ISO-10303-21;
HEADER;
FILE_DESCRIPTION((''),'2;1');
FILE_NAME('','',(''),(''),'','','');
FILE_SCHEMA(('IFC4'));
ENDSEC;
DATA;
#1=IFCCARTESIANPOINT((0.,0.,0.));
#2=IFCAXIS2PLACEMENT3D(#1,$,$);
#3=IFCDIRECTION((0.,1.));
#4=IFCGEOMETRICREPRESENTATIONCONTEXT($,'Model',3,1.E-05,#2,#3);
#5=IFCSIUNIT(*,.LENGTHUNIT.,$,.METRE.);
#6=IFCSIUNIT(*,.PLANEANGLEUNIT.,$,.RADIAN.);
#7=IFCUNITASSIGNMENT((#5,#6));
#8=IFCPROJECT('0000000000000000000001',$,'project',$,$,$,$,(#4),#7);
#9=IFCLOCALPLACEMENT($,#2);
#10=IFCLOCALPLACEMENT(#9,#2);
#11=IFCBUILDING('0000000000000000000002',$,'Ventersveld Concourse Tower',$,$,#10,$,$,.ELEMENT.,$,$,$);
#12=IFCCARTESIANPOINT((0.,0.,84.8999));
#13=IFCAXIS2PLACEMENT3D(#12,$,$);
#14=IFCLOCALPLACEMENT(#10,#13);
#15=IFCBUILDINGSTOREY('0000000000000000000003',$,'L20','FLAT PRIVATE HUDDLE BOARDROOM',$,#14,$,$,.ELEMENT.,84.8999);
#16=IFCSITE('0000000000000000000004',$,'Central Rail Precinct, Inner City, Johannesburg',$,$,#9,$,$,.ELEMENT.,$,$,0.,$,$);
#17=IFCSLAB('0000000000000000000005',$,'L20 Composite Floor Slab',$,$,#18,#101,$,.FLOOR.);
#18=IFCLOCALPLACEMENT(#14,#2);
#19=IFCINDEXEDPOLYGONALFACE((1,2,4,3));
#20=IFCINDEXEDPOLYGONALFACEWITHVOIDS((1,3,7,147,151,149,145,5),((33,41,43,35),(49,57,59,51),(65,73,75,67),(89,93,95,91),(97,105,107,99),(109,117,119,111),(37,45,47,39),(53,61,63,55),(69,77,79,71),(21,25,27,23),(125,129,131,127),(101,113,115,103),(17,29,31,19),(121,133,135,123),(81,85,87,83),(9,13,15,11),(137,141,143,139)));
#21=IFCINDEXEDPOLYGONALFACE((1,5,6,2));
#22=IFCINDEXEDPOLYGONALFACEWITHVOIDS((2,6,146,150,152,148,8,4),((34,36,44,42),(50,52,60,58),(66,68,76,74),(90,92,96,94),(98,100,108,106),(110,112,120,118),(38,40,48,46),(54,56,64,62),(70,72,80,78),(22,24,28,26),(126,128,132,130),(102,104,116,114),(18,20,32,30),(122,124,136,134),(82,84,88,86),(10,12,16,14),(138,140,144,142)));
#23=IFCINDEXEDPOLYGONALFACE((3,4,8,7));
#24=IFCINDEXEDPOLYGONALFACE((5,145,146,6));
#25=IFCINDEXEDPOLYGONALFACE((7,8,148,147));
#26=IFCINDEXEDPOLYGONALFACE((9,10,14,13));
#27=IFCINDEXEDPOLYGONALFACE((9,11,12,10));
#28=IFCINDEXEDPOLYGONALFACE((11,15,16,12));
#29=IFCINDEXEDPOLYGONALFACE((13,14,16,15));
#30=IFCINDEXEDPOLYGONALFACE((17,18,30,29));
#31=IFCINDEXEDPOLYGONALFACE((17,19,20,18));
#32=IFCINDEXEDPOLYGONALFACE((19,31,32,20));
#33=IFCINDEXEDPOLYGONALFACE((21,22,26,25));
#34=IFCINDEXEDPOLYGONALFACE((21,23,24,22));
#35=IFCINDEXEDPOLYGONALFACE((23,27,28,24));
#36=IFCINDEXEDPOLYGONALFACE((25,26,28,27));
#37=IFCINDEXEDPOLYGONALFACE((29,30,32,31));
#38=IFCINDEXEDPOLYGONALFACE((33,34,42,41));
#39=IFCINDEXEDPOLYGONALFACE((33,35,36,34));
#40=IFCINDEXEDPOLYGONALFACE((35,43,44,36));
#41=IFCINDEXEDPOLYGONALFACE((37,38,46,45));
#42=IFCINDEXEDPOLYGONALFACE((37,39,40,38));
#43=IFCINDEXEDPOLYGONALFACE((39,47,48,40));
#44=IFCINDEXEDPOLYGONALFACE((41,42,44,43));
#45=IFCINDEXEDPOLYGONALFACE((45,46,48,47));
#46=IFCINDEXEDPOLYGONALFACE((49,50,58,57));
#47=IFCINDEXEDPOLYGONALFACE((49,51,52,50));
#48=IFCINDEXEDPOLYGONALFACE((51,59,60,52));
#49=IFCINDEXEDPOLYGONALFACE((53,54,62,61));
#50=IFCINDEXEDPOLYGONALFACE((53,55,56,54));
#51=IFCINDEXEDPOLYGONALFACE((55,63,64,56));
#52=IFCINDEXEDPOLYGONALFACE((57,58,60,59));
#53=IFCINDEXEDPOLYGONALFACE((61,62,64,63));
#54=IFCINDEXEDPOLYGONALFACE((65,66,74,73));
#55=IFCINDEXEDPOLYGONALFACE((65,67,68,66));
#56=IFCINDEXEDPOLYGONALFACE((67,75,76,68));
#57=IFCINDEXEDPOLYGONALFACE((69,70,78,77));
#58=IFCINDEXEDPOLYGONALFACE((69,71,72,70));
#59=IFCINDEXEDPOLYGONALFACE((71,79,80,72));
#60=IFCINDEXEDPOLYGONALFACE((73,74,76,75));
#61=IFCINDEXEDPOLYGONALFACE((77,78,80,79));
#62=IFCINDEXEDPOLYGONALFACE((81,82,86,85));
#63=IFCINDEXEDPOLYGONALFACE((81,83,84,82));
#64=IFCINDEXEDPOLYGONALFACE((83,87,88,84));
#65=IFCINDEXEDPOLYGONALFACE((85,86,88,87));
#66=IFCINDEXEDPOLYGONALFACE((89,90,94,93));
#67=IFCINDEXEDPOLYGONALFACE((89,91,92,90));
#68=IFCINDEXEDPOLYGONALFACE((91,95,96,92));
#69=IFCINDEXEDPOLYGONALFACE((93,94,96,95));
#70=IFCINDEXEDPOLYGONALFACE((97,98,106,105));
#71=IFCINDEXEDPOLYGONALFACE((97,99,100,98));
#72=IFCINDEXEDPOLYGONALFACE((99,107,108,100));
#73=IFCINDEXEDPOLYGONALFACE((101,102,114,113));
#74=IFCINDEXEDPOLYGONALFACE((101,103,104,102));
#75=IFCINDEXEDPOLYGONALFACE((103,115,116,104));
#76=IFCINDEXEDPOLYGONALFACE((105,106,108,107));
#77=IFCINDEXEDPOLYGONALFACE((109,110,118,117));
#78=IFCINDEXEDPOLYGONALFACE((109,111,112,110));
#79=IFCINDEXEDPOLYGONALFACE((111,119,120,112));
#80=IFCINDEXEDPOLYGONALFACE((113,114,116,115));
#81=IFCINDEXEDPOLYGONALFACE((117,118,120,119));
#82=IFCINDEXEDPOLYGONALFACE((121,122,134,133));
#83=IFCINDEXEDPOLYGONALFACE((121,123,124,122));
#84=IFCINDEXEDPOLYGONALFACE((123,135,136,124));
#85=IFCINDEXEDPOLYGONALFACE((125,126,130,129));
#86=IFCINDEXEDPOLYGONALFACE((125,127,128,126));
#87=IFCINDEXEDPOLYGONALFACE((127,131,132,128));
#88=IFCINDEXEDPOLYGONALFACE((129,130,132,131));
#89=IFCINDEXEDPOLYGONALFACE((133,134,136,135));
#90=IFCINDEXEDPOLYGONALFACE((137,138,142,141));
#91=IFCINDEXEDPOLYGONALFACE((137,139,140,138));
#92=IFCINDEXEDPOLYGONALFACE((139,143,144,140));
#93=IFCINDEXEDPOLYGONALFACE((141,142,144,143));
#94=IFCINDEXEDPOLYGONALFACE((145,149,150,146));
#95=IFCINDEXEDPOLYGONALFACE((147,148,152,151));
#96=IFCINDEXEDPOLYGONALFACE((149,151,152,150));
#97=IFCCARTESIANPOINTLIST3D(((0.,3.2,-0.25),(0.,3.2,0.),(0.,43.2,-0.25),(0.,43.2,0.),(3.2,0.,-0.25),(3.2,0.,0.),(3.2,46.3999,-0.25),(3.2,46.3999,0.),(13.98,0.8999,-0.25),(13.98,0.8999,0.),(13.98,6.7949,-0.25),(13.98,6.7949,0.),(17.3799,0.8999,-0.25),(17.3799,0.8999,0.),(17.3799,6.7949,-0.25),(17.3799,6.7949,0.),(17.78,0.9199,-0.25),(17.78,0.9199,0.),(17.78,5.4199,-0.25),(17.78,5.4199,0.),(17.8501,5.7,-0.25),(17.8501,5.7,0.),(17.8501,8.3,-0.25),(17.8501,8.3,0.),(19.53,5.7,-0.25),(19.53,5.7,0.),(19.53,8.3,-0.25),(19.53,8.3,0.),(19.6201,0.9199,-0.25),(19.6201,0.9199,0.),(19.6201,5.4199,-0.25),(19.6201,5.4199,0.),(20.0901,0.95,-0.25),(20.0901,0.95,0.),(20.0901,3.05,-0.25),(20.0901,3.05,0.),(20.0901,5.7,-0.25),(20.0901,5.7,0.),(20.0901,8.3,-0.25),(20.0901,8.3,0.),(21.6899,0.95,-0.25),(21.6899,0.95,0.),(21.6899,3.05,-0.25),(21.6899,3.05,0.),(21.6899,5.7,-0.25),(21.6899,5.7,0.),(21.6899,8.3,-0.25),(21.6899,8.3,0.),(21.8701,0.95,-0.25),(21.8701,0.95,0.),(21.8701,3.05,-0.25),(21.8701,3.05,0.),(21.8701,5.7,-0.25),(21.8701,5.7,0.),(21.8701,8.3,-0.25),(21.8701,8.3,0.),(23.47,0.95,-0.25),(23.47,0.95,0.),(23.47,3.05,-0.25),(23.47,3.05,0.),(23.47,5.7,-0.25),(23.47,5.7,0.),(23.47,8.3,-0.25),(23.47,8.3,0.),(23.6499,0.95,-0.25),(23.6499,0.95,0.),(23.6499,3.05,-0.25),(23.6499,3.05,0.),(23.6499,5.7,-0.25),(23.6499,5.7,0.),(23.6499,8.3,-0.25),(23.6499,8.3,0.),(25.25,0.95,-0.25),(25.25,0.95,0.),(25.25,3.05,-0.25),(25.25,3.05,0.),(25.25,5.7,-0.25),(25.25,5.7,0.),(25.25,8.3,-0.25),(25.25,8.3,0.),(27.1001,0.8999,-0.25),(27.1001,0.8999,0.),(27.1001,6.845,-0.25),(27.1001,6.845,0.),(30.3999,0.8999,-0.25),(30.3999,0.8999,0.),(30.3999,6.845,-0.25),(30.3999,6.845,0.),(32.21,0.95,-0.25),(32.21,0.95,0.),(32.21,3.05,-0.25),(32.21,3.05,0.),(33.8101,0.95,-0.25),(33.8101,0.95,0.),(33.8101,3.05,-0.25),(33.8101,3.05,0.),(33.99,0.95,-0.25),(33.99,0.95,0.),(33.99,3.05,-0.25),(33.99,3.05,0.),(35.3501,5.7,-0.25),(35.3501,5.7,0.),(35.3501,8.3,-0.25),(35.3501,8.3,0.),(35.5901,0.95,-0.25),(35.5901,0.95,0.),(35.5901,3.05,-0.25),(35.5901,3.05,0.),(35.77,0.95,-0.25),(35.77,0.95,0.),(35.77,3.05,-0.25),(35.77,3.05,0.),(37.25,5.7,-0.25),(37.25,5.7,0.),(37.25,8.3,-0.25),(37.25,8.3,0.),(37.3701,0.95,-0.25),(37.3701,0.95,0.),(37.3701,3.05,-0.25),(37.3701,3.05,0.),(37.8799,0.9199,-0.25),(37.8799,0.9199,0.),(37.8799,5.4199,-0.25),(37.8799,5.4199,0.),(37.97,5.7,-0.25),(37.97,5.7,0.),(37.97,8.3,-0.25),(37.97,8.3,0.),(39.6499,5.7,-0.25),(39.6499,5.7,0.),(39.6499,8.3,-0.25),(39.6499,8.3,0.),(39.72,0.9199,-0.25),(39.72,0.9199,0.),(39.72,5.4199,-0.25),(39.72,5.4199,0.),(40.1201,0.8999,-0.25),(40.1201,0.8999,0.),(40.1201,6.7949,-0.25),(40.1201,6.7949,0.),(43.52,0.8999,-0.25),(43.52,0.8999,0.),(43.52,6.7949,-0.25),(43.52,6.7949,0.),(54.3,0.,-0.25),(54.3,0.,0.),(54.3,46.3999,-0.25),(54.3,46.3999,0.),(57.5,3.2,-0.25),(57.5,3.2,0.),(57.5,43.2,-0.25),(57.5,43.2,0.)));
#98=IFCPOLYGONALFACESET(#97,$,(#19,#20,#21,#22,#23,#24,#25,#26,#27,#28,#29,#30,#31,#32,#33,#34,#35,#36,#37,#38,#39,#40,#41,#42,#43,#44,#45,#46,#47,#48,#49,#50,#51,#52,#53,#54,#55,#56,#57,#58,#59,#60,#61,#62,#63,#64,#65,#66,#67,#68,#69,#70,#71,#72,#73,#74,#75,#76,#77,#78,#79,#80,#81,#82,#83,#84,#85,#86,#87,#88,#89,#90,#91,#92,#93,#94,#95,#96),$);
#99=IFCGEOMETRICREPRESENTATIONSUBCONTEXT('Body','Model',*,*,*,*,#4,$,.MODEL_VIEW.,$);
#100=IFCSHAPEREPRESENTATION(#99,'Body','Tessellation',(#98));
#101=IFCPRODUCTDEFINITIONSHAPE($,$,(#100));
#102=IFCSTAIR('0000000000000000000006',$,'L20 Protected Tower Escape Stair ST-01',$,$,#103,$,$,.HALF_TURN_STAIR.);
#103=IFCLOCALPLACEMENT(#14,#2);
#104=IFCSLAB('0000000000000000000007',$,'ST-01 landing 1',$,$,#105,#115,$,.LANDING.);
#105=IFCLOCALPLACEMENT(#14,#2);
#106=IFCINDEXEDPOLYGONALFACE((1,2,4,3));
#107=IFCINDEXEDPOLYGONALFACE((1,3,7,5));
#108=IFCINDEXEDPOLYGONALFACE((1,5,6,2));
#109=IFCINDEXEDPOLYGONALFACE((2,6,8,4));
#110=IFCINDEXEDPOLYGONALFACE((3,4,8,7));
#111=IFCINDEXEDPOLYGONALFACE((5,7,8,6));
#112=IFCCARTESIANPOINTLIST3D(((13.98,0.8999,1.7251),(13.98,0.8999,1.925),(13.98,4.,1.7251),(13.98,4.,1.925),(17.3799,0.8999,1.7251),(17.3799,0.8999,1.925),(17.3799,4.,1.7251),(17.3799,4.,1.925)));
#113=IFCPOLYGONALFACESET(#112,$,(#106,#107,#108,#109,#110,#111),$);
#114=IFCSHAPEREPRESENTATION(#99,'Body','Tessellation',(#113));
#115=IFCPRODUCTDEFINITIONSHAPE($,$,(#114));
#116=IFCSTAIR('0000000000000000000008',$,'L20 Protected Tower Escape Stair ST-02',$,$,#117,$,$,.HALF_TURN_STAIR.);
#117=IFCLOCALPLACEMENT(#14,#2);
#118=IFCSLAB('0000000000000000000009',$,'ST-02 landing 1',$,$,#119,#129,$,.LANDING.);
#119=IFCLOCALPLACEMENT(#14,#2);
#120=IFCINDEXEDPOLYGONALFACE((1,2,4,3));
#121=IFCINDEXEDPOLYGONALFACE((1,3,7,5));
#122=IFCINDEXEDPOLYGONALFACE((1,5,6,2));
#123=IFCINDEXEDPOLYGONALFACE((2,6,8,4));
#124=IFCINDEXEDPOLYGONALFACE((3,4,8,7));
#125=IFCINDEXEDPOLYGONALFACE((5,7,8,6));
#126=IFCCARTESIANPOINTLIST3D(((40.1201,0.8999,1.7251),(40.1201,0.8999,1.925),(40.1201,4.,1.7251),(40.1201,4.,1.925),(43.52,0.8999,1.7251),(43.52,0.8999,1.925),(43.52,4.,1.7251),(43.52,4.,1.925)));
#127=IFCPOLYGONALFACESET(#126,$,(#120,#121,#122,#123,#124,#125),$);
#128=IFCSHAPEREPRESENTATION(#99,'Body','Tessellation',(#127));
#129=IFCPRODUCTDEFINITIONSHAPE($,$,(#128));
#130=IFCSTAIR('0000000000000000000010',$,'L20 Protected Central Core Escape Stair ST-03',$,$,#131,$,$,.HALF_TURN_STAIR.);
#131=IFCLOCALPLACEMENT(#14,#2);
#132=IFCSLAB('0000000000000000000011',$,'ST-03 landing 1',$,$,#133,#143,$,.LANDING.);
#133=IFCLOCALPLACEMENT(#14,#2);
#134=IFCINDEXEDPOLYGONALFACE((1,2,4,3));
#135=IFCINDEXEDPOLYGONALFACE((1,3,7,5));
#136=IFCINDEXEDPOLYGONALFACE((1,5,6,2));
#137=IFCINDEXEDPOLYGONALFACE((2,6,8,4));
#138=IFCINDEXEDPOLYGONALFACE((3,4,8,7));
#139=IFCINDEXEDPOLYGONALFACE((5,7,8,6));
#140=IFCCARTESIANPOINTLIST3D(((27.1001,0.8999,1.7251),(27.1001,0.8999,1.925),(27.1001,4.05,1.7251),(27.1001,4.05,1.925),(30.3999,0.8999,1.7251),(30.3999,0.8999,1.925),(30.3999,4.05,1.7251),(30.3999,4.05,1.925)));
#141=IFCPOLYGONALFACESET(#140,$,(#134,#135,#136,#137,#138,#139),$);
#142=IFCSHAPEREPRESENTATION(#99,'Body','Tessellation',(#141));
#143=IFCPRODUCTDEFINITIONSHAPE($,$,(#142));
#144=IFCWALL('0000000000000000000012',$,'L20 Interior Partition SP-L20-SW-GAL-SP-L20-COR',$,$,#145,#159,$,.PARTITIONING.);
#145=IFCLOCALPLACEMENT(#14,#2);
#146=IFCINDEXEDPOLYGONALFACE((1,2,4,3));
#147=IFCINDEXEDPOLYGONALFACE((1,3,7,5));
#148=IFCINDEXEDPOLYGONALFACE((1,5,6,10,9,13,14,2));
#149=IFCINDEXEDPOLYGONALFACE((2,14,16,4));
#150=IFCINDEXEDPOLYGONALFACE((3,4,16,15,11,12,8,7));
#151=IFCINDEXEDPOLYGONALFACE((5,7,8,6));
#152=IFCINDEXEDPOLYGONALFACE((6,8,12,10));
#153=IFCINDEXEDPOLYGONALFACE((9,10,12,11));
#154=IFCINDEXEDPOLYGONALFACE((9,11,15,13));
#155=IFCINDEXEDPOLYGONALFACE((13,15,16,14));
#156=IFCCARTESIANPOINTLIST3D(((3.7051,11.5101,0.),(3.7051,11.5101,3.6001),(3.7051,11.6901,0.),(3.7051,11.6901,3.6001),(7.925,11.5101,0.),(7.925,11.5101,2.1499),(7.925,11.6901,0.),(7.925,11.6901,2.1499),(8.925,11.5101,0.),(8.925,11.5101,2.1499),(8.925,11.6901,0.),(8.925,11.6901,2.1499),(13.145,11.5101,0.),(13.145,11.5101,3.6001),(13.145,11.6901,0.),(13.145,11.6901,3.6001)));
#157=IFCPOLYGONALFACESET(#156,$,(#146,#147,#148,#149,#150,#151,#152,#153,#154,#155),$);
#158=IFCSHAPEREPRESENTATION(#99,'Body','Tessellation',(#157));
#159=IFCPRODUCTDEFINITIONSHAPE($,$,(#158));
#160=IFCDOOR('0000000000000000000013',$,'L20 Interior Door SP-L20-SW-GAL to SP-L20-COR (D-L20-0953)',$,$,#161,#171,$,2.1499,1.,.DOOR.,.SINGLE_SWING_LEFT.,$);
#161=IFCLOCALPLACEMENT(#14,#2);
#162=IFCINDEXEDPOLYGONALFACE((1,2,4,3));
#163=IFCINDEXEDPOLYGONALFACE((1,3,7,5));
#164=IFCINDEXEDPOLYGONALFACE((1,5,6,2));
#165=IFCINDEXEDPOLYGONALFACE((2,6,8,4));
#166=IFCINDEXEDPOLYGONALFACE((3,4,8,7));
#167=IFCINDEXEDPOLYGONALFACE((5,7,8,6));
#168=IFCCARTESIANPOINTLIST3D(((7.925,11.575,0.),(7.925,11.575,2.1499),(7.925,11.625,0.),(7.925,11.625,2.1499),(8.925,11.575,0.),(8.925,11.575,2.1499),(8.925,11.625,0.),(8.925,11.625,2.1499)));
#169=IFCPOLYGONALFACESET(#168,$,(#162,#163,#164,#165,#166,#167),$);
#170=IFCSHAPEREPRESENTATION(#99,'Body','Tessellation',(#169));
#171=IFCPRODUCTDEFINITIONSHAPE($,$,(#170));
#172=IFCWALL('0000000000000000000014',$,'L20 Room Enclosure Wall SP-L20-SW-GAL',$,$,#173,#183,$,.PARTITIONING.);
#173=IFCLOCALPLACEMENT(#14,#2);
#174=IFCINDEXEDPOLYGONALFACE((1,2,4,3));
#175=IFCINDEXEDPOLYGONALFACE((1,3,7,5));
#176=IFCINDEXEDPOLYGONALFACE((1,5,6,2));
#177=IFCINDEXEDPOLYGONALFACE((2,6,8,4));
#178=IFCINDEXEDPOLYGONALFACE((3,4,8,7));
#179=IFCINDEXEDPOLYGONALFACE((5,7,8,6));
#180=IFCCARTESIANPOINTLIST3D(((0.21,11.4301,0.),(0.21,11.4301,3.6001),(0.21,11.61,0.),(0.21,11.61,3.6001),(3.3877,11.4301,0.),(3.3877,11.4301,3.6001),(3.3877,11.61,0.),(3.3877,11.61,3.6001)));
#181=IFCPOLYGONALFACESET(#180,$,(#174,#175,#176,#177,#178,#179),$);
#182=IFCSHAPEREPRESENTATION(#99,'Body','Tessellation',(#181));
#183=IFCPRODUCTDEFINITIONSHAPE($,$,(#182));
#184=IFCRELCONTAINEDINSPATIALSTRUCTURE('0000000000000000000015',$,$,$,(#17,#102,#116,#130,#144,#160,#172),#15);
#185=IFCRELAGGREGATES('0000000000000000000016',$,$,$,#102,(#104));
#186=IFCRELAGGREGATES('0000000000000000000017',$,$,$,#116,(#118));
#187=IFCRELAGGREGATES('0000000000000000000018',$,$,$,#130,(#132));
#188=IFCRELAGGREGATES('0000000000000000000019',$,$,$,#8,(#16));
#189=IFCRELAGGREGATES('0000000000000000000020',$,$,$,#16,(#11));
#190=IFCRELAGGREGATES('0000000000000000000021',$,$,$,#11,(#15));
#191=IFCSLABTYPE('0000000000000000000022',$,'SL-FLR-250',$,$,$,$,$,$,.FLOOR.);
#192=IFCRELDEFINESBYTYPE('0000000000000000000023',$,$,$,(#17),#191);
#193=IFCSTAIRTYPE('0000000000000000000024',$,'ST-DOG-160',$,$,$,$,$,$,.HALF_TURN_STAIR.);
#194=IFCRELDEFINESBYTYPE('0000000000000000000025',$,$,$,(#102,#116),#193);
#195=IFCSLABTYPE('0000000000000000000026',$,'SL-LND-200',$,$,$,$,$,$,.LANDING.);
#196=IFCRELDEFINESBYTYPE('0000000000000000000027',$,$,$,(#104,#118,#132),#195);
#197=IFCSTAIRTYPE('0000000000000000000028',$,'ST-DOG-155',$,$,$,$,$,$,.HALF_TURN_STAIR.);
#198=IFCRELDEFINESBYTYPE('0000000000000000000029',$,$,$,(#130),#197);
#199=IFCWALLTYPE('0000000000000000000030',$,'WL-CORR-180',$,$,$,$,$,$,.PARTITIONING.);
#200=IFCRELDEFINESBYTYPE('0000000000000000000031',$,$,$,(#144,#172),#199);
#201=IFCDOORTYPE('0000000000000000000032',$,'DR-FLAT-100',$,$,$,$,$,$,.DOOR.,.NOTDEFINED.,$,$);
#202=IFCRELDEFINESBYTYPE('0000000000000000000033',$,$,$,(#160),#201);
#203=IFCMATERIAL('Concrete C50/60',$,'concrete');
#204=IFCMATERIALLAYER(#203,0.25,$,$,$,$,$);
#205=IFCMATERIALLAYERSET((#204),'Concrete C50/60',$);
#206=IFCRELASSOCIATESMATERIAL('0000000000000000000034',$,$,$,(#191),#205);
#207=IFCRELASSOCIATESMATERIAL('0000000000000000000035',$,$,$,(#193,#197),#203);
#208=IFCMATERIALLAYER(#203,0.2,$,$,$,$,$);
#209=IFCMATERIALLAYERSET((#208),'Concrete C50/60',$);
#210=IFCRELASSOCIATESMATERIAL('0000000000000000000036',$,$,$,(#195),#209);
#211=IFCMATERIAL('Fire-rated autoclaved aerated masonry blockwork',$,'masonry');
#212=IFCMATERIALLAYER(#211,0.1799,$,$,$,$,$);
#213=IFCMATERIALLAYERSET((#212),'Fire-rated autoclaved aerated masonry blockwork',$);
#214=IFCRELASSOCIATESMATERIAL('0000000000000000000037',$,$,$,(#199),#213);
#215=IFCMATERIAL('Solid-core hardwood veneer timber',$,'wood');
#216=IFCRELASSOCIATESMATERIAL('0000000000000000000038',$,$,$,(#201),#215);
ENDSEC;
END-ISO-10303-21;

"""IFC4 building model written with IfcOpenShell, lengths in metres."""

from ifc_helpers import new_model, si_unit, direction, frame, frame_2d, origin, place, context, subcontext, project, spatial, polyline, rectangle, outline, extrude, material, layer, layer_set, type_object, element, fill, aggregate, save


model = new_model("IFC4")

# Units and contexts
model_context = context("Model", 3, precision=1e-05, world=origin(), true_north=direction((0.0, 1.0)))
body_context = subcontext(model_context, "Body", "Model", "MODEL_VIEW")
ifc_project = project(units=[si_unit("LENGTHUNIT", "METRE"), si_unit("PLANEANGLEUNIT", "RADIAN")], contexts=[model_context])

# Site, building, storey
site_placement = place(None, origin())
site = spatial("IfcSite", under=ifc_project, at=site_placement, Name="Central Rail Precinct, Inner City, Johannesburg", CompositionType="ELEMENT", RefElevation=0.0)
building_placement = place(site_placement, origin())
building = spatial("IfcBuilding", under=site, at=building_placement, Name="Ventersveld Concourse Tower", CompositionType="ELEMENT")
storey_placement = place(building_placement, frame((0.0, 0.0, 84.8999)))
storey = spatial("IfcBuildingStorey", under=building, at=storey_placement, Name="L20", Description="FLAT PRIVATE HUDDLE BOARDROOM", CompositionType="ELEMENT", Elevation=84.8999)

# Slab
ifc_material_1 = material(Name="Concrete C50/60", Category="concrete")
ifc_layer_1 = layer(ifc_material_1, 0.25)
ifc_layer_set_1 = layer_set([ifc_layer_1], Name="Concrete C50/60")
slab_type_1 = type_object("IfcSlabType", Name="SL-FLR-250", PredefinedType="FLOOR", material=ifc_layer_set_1)
slab_1_placement = place(storey_placement, frame((0.0, 0.0, -0.25)))
element("IfcSlab", 1, at=slab_1_placement, inside=storey, type_object=slab_type_1, Name="L20 Composite Floor Slab", PredefinedType="FLOOR", context=body_context, shape_type="SweptSolid", body=[
    extrude(outline(polyline([(3.2, 0.0), (54.3, 0.0), (57.5, 3.2), (57.5, 43.2), (54.3, 46.3999), (3.2, 46.3999), (0.0, 43.2), (0.0, 3.2), (3.2, 0.0)]), holes=[polyline([(13.98, 6.7949), (13.98, 0.8999), (17.3799, 0.8999), (17.3799, 6.7949), (13.98, 6.7949)]), polyline([(40.1201, 6.7949), (40.1201, 0.8999), (43.52, 0.8999), (43.52, 6.7949), (40.1201, 6.7949)]), polyline([(27.1001, 6.845), (27.1001, 0.8999), (30.3999, 0.8999), (30.3999, 6.845), (27.1001, 6.845)]), polyline([(17.8501, 5.7), (19.53, 5.7), (19.53, 8.3), (17.8501, 8.3), (17.8501, 5.7)]), polyline([(37.97, 5.7), (39.6499, 5.7), (39.6499, 8.3), (37.97, 8.3), (37.97, 5.7)]), polyline([(35.3501, 5.7), (37.25, 5.7), (37.25, 8.3), (35.3501, 8.3), (35.3501, 5.7)]), polyline([(20.0901, 0.95), (21.6899, 0.95), (21.6899, 3.05), (20.0901, 3.05), (20.0901, 0.95)]), polyline([(21.8701, 0.95), (23.47, 0.95), (23.47, 3.05), (21.8701, 3.05), (21.8701, 0.95)]), polyline([(23.6499, 0.95), (25.25, 0.95), (25.25, 3.05), (23.6499, 3.05), (23.6499, 0.95)]), polyline([(32.21, 0.95), (33.8101, 0.95), (33.8101, 3.05), (32.21, 3.05), (32.21, 0.95)]), polyline([(33.99, 0.95), (35.5901, 0.95), (35.5901, 3.05), (33.99, 3.05), (33.99, 0.95)]), polyline([(35.77, 0.95), (37.3701, 0.95), (37.3701, 3.05), (35.77, 3.05), (35.77, 0.95)]), polyline([(20.0901, 5.7), (21.6899, 5.7), (21.6899, 8.3), (20.0901, 8.3), (20.0901, 5.7)]), polyline([(21.8701, 5.7), (23.47, 5.7), (23.47, 8.3), (21.8701, 8.3), (21.8701, 5.7)]), polyline([(23.6499, 5.7), (25.25, 5.7), (25.25, 8.3), (23.6499, 8.3), (23.6499, 5.7)]), polyline([(17.78, 0.9199), (19.6201, 0.9199), (19.6201, 5.4199), (17.78, 5.4199), (17.78, 0.9199)]), polyline([(37.8799, 0.9199), (39.72, 0.9199), (39.72, 5.4199), (37.8799, 5.4199), (37.8799, 0.9199)])]), origin(), (0.0, 0.0, 1.0), 0.25),
])

# Stairs, slabs
stair_type_1 = type_object("IfcStairType", Name="ST-DOG-160", PredefinedType="HALF_TURN_STAIR", material=ifc_material_1)
stair_1_placement = place(storey_placement, origin())
stair_1 = element("IfcStair", 2, at=stair_1_placement, inside=storey, type_object=stair_type_1, Name="L20 Protected Tower Escape Stair ST-01", PredefinedType="HALF_TURN_STAIR")
ifc_layer_2 = layer(ifc_material_1, 0.2)
ifc_layer_set_2 = layer_set([ifc_layer_2], Name="Concrete C50/60")
slab_type_2 = type_object("IfcSlabType", Name="SL-LND-200", PredefinedType="LANDING", material=ifc_layer_set_2)
slab_2_placement = place(storey_placement, frame((0.0, 0.0, 1.7251)))
slab_2 = element("IfcSlab", 3, at=slab_2_placement, type_object=slab_type_2, Name="ST-01 landing 1", PredefinedType="LANDING", context=body_context, shape_type="SweptSolid", body=[
    extrude(outline(polyline([(13.98, 4.0), (13.98, 0.8999), (17.3799, 0.8999), (17.3799, 4.0), (13.98, 4.0)])), origin(), (0.0, 0.0, 1.0), 0.2),
])
aggregate(stair_1, [slab_2])
stair_2_placement = place(storey_placement, origin())
stair_2 = element("IfcStair", 4, at=stair_2_placement, inside=storey, type_object=stair_type_1, Name="L20 Protected Tower Escape Stair ST-02", PredefinedType="HALF_TURN_STAIR")
slab_3_placement = place(storey_placement, frame((0.0, 0.0, 1.7251)))
slab_3 = element("IfcSlab", 5, at=slab_3_placement, type_object=slab_type_2, Name="ST-02 landing 1", PredefinedType="LANDING", context=body_context, shape_type="SweptSolid", body=[
    extrude(outline(polyline([(40.1201, 4.0), (40.1201, 0.8999), (43.52, 0.8999), (43.52, 4.0), (40.1201, 4.0)])), origin(), (0.0, 0.0, 1.0), 0.2),
])
aggregate(stair_2, [slab_3])
stair_type_2 = type_object("IfcStairType", Name="ST-DOG-155", PredefinedType="HALF_TURN_STAIR", material=ifc_material_1)
stair_3_placement = place(storey_placement, origin())
stair_3 = element("IfcStair", 6, at=stair_3_placement, inside=storey, type_object=stair_type_2, Name="L20 Protected Central Core Escape Stair ST-03", PredefinedType="HALF_TURN_STAIR")
slab_4_placement = place(storey_placement, frame((0.0, 0.0, 1.7251)))
slab_4 = element("IfcSlab", 7, at=slab_4_placement, type_object=slab_type_2, Name="ST-03 landing 1", PredefinedType="LANDING", context=body_context, shape_type="SweptSolid", body=[
    extrude(outline(polyline([(27.1001, 4.05), (27.1001, 0.8999), (30.3999, 0.8999), (30.3999, 4.05), (27.1001, 4.05)])), origin(), (0.0, 0.0, 1.0), 0.2),
])
aggregate(stair_3, [slab_4])

# Wall, opening, door
ifc_material_2 = material(Name="Fire-rated autoclaved aerated masonry blockwork", Category="masonry")
ifc_layer_3 = layer(ifc_material_2, 0.1799)
ifc_layer_set_3 = layer_set([ifc_layer_3], Name="Fire-rated autoclaved aerated masonry blockwork")
wall_type_1 = type_object("IfcWallType", Name="WL-CORR-180", PredefinedType="PARTITIONING", material=ifc_layer_set_3)
wall_1_placement = place(storey_placement, frame((3.7051, 11.6001, 0.0), z_axis=(0.0, 0.0, 1.0), x_axis=(1.0, 0.0, 0.0)))
wall_1 = element("IfcWall", 8, at=wall_1_placement, inside=storey, type_object=wall_type_1, Name="L20 Interior Partition SP-L20-SW-GAL-SP-L20-COR", PredefinedType="PARTITIONING", context=body_context, shape_type="SweptSolid", body=[
    extrude(rectangle(XDim=9.4399, YDim=0.1799, at=frame_2d((4.72, 0.0))), origin(), (0.0, 0.0, 1.0), 3.6001),
])
opening_1_placement = place(wall_1_placement, frame((4.22, 0.0, 0.0)))
opening_1 = element("IfcOpeningElement", 9, at=opening_1_placement, cuts=wall_1, PredefinedType="OPENING", context=body_context, shape_type="SweptSolid", body=[
    extrude(rectangle(XDim=1.0, YDim=2.1499, at=frame_2d((0.5, 1.075))), frame((0.0, 0.1001, 0.0), z_axis=(0.0, -1.0, 0.0), x_axis=(1.0, 0.0, 0.0)), (0.0, 0.0, 1.0), 0.2),
])
ifc_material_3 = material(Name="Solid-core hardwood veneer timber", Category="wood")
door_type = type_object("IfcDoorType", Name="DR-FLAT-100", OperationType="NOTDEFINED", PredefinedType="DOOR", material=ifc_material_3)
door_placement = place(opening_1_placement, origin())
door = element("IfcDoor", 10, at=door_placement, inside=storey, type_object=door_type, Name="L20 Interior Door SP-L20-SW-GAL to SP-L20-COR (D-L20-0953)", OperationType="SINGLE_SWING_LEFT", OverallHeight=2.1499, OverallWidth=1.0, PredefinedType="DOOR", context=body_context, shape_type="SweptSolid", body=[
    extrude(rectangle(XDim=1.0, YDim=2.1499, at=frame_2d((0.5, 1.075))), frame((0.0, 0.0249, 0.0), z_axis=(0.0, -1.0, 0.0), x_axis=(1.0, 0.0, 0.0)), (0.0, 0.0, 1.0), 0.05),
])
fill(opening_1, door)

# Wall
wall_2_placement = place(storey_placement, frame((0.21, 11.52, 0.0), z_axis=(0.0, 0.0, 1.0), x_axis=(1.0, 0.0, 0.0)))
element("IfcWall", 11, at=wall_2_placement, inside=storey, type_object=wall_type_1, Name="L20 Room Enclosure Wall SP-L20-SW-GAL", PredefinedType="PARTITIONING", context=body_context, shape_type="SweptSolid", body=[
    extrude(rectangle(XDim=3.1777, YDim=0.1799, at=frame_2d((1.5889, 0.0))), origin(), (0.0, 0.0, 1.0), 3.6001),
])

save(model, "model.ifc")
